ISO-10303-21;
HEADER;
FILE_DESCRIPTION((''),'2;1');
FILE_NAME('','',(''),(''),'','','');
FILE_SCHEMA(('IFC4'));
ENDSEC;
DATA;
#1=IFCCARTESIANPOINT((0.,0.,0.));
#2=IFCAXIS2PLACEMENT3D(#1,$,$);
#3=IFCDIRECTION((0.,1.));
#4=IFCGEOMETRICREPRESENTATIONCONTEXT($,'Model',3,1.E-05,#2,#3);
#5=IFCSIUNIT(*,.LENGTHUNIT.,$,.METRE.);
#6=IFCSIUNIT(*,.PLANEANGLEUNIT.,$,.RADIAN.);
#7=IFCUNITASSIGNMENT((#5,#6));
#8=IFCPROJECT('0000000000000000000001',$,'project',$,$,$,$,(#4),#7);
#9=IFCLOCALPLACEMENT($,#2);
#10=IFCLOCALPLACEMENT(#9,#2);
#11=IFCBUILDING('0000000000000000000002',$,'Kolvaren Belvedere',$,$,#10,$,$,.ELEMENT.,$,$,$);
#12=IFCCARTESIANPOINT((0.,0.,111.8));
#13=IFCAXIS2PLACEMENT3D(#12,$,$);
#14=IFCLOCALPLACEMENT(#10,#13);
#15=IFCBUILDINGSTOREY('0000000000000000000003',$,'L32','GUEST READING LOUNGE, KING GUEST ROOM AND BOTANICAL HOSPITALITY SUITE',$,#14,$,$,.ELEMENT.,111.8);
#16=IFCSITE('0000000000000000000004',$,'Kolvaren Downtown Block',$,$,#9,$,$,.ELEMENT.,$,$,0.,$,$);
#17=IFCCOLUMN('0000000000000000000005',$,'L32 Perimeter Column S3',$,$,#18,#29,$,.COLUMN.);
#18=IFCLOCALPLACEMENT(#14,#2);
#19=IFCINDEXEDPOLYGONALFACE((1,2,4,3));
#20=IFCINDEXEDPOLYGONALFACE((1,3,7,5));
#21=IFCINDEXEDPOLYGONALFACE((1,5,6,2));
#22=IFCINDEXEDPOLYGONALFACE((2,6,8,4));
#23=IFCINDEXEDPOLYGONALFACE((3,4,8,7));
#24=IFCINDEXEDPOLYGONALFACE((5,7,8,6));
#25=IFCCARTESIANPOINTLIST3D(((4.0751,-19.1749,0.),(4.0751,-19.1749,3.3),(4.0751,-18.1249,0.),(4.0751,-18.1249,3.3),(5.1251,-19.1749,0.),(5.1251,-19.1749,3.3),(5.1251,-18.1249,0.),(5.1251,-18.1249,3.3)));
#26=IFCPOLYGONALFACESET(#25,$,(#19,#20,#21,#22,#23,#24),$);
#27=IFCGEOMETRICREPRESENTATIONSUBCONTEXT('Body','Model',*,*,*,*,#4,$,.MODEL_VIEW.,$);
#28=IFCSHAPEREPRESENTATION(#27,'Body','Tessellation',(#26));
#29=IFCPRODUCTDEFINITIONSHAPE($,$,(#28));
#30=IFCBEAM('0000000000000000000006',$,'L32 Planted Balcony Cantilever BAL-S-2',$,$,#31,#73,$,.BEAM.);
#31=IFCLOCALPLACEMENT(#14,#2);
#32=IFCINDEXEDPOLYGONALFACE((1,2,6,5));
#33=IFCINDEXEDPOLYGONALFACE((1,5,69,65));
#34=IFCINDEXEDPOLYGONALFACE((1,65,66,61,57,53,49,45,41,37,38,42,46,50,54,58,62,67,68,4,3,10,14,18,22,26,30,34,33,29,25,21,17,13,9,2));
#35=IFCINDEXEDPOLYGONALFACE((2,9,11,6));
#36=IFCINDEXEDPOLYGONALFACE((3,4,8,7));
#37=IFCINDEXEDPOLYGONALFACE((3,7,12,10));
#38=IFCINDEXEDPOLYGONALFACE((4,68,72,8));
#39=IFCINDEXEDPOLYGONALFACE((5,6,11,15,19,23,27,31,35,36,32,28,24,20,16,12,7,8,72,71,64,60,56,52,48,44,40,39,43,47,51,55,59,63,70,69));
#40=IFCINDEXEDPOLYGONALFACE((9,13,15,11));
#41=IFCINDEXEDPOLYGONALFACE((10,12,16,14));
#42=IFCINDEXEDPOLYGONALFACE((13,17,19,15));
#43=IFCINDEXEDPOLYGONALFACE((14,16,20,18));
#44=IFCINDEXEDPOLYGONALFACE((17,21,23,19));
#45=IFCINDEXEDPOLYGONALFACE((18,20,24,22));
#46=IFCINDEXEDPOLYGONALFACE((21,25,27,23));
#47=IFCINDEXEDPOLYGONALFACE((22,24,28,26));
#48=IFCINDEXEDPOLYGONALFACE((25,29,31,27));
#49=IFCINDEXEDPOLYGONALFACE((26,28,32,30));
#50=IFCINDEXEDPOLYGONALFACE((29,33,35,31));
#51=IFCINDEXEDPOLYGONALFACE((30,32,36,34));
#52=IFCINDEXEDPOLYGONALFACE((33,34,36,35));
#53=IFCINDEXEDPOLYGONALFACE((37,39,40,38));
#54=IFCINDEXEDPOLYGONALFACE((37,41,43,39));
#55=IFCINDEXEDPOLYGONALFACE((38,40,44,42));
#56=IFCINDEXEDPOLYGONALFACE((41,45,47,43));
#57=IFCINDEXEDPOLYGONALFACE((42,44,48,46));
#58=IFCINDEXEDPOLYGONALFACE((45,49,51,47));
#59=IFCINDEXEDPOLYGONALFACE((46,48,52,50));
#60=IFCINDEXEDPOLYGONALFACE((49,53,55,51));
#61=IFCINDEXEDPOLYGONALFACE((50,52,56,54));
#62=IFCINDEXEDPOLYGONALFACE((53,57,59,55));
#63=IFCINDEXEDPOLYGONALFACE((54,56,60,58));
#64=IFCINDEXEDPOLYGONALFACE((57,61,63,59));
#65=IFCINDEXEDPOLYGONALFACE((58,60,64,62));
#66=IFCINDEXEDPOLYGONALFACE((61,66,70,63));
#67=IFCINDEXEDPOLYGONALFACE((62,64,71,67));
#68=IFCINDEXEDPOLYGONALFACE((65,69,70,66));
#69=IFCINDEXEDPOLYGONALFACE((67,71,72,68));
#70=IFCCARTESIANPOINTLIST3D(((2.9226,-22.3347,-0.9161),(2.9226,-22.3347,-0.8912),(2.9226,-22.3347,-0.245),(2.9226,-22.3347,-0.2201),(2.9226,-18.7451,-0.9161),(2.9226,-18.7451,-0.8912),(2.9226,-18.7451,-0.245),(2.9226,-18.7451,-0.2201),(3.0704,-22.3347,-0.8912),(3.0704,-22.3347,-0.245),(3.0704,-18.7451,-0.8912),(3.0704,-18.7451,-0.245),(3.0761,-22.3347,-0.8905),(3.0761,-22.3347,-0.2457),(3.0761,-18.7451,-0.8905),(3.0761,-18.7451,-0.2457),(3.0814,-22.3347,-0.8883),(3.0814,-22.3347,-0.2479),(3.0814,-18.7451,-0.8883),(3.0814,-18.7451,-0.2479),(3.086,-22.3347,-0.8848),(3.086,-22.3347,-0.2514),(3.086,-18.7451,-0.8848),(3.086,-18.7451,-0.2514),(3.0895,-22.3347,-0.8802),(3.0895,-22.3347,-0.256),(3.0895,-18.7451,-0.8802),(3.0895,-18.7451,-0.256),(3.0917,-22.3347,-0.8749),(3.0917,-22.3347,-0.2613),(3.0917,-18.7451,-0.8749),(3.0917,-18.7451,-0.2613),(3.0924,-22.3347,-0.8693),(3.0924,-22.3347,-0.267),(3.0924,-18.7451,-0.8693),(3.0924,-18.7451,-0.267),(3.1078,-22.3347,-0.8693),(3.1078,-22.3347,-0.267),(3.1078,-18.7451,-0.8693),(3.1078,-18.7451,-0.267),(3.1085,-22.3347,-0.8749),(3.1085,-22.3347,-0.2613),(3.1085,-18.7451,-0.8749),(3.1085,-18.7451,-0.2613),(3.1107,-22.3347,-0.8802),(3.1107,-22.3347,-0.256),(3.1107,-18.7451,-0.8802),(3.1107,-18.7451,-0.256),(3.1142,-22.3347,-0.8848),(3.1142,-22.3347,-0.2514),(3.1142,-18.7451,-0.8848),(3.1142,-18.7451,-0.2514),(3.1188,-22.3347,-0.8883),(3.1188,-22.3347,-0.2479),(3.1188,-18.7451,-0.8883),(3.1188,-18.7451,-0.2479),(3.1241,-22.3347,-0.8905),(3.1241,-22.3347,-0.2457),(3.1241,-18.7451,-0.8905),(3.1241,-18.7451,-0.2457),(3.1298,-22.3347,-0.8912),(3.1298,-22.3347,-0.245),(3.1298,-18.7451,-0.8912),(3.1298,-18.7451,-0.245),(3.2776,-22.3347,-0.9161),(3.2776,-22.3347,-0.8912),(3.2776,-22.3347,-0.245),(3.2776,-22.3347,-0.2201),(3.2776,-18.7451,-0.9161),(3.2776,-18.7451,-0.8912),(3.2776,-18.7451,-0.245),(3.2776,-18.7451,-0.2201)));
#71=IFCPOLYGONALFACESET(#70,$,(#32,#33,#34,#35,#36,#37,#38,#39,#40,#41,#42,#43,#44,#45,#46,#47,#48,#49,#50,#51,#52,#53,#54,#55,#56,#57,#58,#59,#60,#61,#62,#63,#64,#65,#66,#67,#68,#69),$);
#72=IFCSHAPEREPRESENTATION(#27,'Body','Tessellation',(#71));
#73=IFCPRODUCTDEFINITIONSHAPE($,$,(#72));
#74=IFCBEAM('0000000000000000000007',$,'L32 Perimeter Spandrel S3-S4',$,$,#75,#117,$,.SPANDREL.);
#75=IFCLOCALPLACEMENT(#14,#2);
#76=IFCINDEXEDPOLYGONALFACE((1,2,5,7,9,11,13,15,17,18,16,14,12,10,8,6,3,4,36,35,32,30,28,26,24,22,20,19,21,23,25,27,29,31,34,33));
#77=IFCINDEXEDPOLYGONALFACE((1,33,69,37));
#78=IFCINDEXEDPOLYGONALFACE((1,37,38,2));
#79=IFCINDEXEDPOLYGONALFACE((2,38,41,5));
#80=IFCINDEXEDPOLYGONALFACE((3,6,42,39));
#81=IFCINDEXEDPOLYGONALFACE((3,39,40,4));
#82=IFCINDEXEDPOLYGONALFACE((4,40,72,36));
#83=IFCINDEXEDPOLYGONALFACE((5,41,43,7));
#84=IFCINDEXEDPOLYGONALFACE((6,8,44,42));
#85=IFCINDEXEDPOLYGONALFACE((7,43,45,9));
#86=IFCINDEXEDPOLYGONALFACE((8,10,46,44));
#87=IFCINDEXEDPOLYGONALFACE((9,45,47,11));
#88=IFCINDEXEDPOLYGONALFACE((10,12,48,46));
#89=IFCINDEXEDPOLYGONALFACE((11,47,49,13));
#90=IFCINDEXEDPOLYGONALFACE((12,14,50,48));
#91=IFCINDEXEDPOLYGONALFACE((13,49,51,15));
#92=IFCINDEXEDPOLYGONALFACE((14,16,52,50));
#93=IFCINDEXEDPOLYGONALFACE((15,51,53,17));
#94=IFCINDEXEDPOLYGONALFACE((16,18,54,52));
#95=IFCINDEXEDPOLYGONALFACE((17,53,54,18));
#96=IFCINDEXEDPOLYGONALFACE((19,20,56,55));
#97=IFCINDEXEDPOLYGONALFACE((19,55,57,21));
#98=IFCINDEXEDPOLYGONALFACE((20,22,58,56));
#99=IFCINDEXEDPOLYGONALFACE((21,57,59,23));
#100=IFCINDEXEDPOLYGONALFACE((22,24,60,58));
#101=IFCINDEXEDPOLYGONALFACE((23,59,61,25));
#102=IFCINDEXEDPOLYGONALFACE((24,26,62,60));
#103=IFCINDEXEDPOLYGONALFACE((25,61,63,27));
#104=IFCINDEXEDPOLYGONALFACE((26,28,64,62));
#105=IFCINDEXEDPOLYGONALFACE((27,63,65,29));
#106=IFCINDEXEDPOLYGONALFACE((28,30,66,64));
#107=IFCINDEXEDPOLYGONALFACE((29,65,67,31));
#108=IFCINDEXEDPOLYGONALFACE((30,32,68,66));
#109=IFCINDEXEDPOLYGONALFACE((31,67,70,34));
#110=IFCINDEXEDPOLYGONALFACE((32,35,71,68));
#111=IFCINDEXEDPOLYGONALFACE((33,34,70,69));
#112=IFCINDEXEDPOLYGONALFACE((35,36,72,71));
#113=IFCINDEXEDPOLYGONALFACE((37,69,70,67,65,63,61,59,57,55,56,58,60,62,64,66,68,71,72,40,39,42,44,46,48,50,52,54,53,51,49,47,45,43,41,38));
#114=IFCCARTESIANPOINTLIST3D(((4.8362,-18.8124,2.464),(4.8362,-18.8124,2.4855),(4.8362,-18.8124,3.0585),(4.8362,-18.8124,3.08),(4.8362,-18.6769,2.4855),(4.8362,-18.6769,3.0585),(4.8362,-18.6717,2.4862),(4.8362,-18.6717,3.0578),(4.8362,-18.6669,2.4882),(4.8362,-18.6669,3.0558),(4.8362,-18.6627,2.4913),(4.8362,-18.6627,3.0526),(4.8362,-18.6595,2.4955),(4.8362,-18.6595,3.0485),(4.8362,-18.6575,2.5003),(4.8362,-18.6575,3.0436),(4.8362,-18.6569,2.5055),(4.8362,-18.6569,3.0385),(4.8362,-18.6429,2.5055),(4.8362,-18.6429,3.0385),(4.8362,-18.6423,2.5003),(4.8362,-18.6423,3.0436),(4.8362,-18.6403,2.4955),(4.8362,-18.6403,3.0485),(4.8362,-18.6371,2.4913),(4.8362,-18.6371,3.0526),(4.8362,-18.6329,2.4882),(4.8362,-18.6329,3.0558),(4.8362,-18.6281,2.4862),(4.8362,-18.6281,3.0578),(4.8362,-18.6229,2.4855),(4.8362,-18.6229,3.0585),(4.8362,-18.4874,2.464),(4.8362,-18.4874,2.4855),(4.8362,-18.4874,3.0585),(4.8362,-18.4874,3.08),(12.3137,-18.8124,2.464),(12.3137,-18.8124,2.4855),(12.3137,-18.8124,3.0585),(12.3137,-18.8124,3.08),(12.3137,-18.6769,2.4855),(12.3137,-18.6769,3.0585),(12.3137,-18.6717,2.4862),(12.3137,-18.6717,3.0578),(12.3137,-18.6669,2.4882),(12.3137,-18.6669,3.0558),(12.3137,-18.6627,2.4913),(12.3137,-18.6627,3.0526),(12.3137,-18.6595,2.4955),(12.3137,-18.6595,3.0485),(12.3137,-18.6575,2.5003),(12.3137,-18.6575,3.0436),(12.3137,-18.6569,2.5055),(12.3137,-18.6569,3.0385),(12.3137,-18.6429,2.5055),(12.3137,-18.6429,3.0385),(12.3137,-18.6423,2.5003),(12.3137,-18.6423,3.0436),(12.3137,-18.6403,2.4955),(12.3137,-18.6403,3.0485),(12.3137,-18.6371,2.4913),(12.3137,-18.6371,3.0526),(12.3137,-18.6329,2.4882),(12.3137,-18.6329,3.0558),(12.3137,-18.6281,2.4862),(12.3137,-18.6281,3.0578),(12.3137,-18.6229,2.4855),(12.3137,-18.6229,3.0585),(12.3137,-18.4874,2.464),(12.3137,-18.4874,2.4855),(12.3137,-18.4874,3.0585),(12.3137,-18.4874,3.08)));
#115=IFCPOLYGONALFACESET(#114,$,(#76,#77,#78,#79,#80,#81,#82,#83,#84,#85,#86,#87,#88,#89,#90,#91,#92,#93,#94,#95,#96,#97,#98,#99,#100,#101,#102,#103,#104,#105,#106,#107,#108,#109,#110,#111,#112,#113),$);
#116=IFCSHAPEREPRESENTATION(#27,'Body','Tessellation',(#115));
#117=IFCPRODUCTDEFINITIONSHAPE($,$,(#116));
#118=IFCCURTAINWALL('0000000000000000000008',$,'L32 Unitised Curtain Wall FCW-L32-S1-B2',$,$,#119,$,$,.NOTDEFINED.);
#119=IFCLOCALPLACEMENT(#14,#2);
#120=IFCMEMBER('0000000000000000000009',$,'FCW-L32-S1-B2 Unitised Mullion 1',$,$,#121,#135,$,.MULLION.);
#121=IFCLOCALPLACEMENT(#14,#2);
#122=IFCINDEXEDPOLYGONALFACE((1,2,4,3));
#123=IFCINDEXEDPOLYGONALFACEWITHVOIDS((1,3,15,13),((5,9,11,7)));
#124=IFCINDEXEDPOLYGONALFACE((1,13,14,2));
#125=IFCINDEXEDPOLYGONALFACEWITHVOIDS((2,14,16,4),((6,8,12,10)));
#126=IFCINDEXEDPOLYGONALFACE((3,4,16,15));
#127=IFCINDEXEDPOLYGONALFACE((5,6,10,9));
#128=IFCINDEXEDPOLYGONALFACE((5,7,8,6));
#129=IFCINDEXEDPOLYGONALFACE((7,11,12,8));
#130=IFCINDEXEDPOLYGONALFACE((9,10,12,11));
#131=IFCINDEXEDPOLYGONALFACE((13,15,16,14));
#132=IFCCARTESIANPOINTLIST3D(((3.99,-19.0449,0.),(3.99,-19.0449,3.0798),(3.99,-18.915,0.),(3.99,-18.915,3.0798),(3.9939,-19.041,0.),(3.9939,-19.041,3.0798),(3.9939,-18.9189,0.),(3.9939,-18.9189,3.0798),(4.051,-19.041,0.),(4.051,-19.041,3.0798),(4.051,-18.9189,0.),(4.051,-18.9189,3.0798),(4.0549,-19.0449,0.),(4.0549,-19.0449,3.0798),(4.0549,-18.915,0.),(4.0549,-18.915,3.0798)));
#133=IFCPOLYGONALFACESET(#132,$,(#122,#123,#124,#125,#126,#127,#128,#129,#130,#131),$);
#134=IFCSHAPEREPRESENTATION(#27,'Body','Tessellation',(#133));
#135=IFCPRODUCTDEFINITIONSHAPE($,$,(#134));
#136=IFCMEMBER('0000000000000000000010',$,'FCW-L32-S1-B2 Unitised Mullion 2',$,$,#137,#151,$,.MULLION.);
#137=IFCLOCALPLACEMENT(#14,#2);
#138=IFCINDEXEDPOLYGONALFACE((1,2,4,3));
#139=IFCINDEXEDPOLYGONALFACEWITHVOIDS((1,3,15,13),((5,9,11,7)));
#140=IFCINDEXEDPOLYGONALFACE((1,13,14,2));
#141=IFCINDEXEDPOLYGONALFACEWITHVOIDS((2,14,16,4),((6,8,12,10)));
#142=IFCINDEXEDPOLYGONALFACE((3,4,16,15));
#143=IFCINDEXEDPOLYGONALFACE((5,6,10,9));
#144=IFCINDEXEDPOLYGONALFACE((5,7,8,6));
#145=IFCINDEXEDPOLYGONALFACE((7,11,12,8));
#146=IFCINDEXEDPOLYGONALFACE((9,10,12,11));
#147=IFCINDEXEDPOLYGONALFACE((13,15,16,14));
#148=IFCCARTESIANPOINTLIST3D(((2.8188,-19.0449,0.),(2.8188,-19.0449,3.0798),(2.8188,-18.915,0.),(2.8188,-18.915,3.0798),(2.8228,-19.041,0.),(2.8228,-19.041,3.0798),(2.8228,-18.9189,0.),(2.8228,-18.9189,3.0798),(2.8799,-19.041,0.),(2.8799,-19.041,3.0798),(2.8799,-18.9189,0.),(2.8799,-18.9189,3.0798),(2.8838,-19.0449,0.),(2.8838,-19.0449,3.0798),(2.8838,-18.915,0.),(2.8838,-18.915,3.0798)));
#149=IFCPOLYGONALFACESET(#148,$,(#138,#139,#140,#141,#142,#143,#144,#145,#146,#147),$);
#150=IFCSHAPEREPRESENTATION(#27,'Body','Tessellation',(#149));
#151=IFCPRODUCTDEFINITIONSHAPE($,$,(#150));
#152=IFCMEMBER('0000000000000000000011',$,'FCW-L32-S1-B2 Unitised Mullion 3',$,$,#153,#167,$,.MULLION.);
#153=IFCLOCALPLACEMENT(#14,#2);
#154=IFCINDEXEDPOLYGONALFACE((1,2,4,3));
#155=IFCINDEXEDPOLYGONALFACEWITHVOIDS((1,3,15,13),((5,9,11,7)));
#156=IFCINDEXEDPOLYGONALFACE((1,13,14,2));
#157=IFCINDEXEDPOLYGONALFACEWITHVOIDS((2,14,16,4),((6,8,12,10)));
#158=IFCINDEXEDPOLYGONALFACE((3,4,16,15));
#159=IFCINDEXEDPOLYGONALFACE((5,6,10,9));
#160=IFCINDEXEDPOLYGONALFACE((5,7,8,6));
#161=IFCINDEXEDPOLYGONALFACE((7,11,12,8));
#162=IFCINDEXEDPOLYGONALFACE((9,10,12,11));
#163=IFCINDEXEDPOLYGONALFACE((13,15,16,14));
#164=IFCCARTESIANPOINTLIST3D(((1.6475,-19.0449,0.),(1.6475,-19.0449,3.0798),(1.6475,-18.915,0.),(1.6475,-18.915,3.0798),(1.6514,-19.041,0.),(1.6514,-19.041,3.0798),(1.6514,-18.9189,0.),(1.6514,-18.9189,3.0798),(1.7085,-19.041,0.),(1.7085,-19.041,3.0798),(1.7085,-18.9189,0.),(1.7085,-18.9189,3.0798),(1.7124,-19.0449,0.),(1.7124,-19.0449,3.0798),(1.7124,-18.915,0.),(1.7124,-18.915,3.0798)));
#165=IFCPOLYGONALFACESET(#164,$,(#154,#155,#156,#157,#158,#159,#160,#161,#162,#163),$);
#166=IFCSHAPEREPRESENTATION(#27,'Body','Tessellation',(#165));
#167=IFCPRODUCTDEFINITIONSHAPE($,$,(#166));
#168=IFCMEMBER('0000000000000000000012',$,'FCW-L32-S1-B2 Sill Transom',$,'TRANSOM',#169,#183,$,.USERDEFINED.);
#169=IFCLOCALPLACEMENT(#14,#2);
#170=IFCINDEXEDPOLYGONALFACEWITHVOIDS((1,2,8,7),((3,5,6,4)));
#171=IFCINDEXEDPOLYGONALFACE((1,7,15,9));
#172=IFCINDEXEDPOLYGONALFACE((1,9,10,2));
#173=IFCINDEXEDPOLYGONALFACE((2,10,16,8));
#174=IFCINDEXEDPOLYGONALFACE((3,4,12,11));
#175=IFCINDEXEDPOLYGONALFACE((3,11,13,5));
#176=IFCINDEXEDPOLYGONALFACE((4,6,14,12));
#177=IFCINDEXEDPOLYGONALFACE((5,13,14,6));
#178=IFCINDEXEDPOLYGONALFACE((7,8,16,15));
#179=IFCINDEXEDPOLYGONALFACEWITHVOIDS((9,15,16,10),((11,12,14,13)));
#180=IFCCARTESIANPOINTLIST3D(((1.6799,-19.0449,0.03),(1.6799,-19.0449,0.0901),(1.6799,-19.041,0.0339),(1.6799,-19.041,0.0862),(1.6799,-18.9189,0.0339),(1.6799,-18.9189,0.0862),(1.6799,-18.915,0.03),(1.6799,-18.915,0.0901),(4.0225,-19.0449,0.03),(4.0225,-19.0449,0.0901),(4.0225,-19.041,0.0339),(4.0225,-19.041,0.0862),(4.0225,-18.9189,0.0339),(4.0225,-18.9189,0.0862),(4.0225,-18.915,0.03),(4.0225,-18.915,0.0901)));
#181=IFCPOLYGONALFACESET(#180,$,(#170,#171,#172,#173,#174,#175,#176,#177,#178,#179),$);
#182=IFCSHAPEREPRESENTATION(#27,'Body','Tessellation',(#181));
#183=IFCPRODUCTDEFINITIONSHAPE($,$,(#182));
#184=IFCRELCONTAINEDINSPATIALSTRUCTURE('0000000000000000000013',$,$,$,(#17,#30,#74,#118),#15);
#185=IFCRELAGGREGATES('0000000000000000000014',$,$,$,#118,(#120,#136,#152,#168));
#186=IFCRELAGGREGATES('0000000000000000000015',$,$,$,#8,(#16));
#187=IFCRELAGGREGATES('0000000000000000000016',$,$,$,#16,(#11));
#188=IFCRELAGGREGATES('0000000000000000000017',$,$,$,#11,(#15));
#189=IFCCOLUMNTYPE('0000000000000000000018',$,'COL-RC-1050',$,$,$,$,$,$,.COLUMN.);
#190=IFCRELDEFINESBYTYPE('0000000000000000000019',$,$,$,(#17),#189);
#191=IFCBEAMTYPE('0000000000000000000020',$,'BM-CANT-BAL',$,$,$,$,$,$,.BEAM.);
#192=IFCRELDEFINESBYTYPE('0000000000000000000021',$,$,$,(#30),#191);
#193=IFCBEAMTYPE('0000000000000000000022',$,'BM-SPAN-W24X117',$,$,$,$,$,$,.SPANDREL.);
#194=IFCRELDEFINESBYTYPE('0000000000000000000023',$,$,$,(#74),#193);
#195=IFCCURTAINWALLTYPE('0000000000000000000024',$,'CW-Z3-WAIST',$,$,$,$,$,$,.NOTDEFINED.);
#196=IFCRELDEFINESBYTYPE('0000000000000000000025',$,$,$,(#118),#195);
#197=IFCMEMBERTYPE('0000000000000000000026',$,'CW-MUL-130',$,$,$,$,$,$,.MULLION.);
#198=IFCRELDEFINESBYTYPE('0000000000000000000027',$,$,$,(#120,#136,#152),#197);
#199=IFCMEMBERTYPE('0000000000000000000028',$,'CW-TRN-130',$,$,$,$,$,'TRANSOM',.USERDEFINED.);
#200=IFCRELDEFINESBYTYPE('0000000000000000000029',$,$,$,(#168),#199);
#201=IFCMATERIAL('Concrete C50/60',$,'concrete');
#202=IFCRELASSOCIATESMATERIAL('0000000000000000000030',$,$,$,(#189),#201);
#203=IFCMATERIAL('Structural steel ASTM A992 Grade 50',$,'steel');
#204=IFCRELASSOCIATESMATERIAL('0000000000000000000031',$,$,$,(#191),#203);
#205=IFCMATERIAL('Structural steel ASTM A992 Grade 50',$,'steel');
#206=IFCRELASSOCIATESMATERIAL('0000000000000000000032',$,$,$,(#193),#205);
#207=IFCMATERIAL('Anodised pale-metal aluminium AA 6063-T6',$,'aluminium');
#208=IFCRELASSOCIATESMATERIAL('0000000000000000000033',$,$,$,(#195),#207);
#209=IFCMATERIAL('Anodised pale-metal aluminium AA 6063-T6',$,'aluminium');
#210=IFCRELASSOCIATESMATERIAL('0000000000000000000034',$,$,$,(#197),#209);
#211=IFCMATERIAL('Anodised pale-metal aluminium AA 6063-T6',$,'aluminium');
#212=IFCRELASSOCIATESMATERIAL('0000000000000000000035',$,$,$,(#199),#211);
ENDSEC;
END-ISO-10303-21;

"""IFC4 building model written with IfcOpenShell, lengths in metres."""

from ifc_helpers import new_model, si_unit, direction, frame, origin, origin_2d, place, context, subcontext, project, spatial, rectangle, hollow_rectangle, i_section, extrude, material, material_profile, profile_set, type_object, element, aggregate, save


model = new_model("IFC4")

# Units and contexts
model_context = context("Model", 3, precision=1e-05, world=origin(), true_north=direction((0.0, 1.0)))
body_context = subcontext(model_context, "Body", "Model", "MODEL_VIEW")
ifc_project = project(units=[si_unit("LENGTHUNIT", "METRE"), si_unit("PLANEANGLEUNIT", "RADIAN")], contexts=[model_context])

# Site, building, storey
site_placement = place(None, origin())
site = spatial("IfcSite", under=ifc_project, at=site_placement, Name="Kolvaren Downtown Block", CompositionType="ELEMENT", RefElevation=0.0)
building_placement = place(site_placement, origin())
building = spatial("IfcBuilding", under=site, at=building_placement, Name="Kolvaren Belvedere", CompositionType="ELEMENT")
storey_placement = place(building_placement, frame((0.0, 0.0, 111.8)))
storey = spatial("IfcBuildingStorey", under=building, at=storey_placement, Name="L32", Description="GUEST READING LOUNGE, KING GUEST ROOM AND BOTANICAL HOSPITALITY SUITE", CompositionType="ELEMENT", Elevation=111.8)

# Column
ifc_material_1 = material(Name="Concrete C50/60", Category="concrete")
ifc_material_profile_1 = material_profile(ifc_material_1, rectangle(XDim=1.05, YDim=1.05, at=origin_2d()), Name="RC 1050X1050")
ifc_profile_set_1 = profile_set([ifc_material_profile_1], Name="Concrete C50/60")
column_type = type_object("IfcColumnType", Name="COL-RC-1050", PredefinedType="COLUMN", material=ifc_profile_set_1)
column_placement = place(storey_placement, frame((4.6001, -18.6499, 0.0), z_axis=(0.0, 0.0, 1.0), x_axis=(1.0, 0.0, 0.0)))
element("IfcColumn", 1, at=column_placement, inside=storey, type_object=column_type, Name="L32 Perimeter Column S3", PredefinedType="COLUMN", context=body_context, shape_type="SweptSolid", body=[
    extrude(rectangle(XDim=1.05, YDim=1.05, at=origin_2d()), origin(), (0.0, 0.0, 1.0), 3.3),
])

# Beams
ifc_material_2 = material(Name="Structural steel ASTM A992 Grade 50", Category="steel")
ifc_material_profile_2 = material_profile(ifc_material_2, i_section(OverallWidth=0.355, OverallDepth=0.696, WebThickness=0.0154, FlangeThickness=0.0249, FilletRadius=0.022, at=origin_2d()), Name="W27X146")
ifc_profile_set_2 = profile_set([ifc_material_profile_2], Name="Structural steel ASTM A992 Grade 50")
beam_type_1 = type_object("IfcBeamType", Name="BM-CANT-BAL", PredefinedType="BEAM", material=ifc_profile_set_2)
beam_1_placement = place(storey_placement, frame((3.1001, -18.7451, -0.5681), z_axis=(0.0, -1.0, 0.0), x_axis=(1.0, 0.0, 0.0)))
element("IfcBeam", 2, at=beam_1_placement, inside=storey, type_object=beam_type_1, Name="L32 Planted Balcony Cantilever BAL-S-2", PredefinedType="BEAM", context=body_context, shape_type="SweptSolid", body=[
    extrude(i_section(OverallWidth=0.355, OverallDepth=0.696, WebThickness=0.0154, FlangeThickness=0.0249, FilletRadius=0.022, at=origin_2d()), origin(), (0.0, 0.0, 1.0), 3.5896),
])
ifc_material_3 = material(Name="Structural steel ASTM A992 Grade 50", Category="steel")
ifc_material_profile_3 = material_profile(ifc_material_3, i_section(OverallWidth=0.325, OverallDepth=0.616, WebThickness=0.0139, FlangeThickness=0.0215, FilletRadius=0.02, at=origin_2d()), Name="W24X117")
ifc_profile_set_3 = profile_set([ifc_material_profile_3], Name="Structural steel ASTM A992 Grade 50")
beam_type_2 = type_object("IfcBeamType", Name="BM-SPAN-W24X117", PredefinedType="SPANDREL", material=ifc_profile_set_3)
beam_2_placement = place(storey_placement, frame((4.8362, -18.6499, 2.772), z_axis=(1.0, 0.0, 0.0), x_axis=(0.0, 1.0, 0.0)))
element("IfcBeam", 3, at=beam_2_placement, inside=storey, type_object=beam_type_2, Name="L32 Perimeter Spandrel S3-S4", PredefinedType="SPANDREL", context=body_context, shape_type="SweptSolid", body=[
    extrude(i_section(OverallWidth=0.325, OverallDepth=0.616, WebThickness=0.0139, FlangeThickness=0.0215, FilletRadius=0.02, at=origin_2d()), origin(), (0.0, 0.0, 1.0), 7.4775),
])

# Curtain wall, members
ifc_material_4 = material(Name="Anodised pale-metal aluminium AA 6063-T6", Category="aluminium")
curtain_wall_type = type_object("IfcCurtainWallType", Name="CW-Z3-WAIST", PredefinedType="NOTDEFINED", material=ifc_material_4)
curtain_wall_placement = place(storey_placement, origin())
curtain_wall = element("IfcCurtainWall", 4, at=curtain_wall_placement, inside=storey, type_object=curtain_wall_type, Name="L32 Unitised Curtain Wall FCW-L32-S1-B2", PredefinedType="NOTDEFINED")
ifc_material_5 = material(Name="Anodised pale-metal aluminium AA 6063-T6", Category="aluminium")
ifc_material_profile_4 = material_profile(ifc_material_5, hollow_rectangle(XDim=0.0649, YDim=0.1299, WallThickness=0.0039, at=origin_2d()), Name="ALU-MUL-130X65")
ifc_profile_set_4 = profile_set([ifc_material_profile_4], Name="Anodised pale-metal aluminium AA 6063-T6")
member_type_1 = type_object("IfcMemberType", Name="CW-MUL-130", PredefinedType="MULLION", material=ifc_profile_set_4)
member_1_placement = place(storey_placement, frame((4.0225, -18.98, 0.0), z_axis=(0.0, 0.0, 1.0), x_axis=(1.0, 0.0, 0.0)))
member_1 = element("IfcMember", 5, at=member_1_placement, type_object=member_type_1, Name="FCW-L32-S1-B2 Unitised Mullion 1", PredefinedType="MULLION", context=body_context, shape_type="SweptSolid", body=[
    extrude(hollow_rectangle(XDim=0.0649, YDim=0.1299, WallThickness=0.0039, at=origin_2d()), origin(), (0.0, 0.0, 1.0), 3.0798),
])
member_2_placement = place(storey_placement, frame((2.8513, -18.98, 0.0), z_axis=(0.0, 0.0, 1.0), x_axis=(1.0, 0.0, 0.0)))
member_2 = element("IfcMember", 6, at=member_2_placement, type_object=member_type_1, Name="FCW-L32-S1-B2 Unitised Mullion 2", PredefinedType="MULLION", context=body_context, shape_type="SweptSolid", body=[
    extrude(hollow_rectangle(XDim=0.0649, YDim=0.1299, WallThickness=0.0039, at=origin_2d()), origin(), (0.0, 0.0, 1.0), 3.0798),
])
member_3_placement = place(storey_placement, frame((1.6799, -18.98, 0.0), z_axis=(0.0, 0.0, 1.0), x_axis=(1.0, 0.0, 0.0)))
member_3 = element("IfcMember", 7, at=member_3_placement, type_object=member_type_1, Name="FCW-L32-S1-B2 Unitised Mullion 3", PredefinedType="MULLION", context=body_context, shape_type="SweptSolid", body=[
    extrude(hollow_rectangle(XDim=0.0649, YDim=0.1299, WallThickness=0.0039, at=origin_2d()), origin(), (0.0, 0.0, 1.0), 3.0798),
])
ifc_material_6 = material(Name="Anodised pale-metal aluminium AA 6063-T6", Category="aluminium")
ifc_material_profile_5 = material_profile(ifc_material_6, hollow_rectangle(XDim=0.0601, YDim=0.1299, WallThickness=0.0039, at=origin_2d()), Name="ALU-TRN-130X60")
ifc_profile_set_5 = profile_set([ifc_material_profile_5], Name="Anodised pale-metal aluminium AA 6063-T6")
member_type_2 = type_object("IfcMemberType", Name="CW-TRN-130", ElementType="TRANSOM", PredefinedType="USERDEFINED", material=ifc_profile_set_5)
member_4_placement = place(storey_placement, frame((4.0225, -18.98, 0.0601), z_axis=(-1.0, 0.0, 0.0), x_axis=(0.0, 0.0, 1.0)))
member_4 = element("IfcMember", 8, at=member_4_placement, type_object=member_type_2, Name="FCW-L32-S1-B2 Sill Transom", ObjectType="TRANSOM", PredefinedType="USERDEFINED", context=body_context, shape_type="SweptSolid", body=[
    extrude(hollow_rectangle(XDim=0.0601, YDim=0.1299, WallThickness=0.0039, at=origin_2d()), origin(), (0.0, 0.0, 1.0), 2.3425),
])

aggregate(curtain_wall, [member_1, member_2, member_3, member_4])

save(model, "model.ifc")
